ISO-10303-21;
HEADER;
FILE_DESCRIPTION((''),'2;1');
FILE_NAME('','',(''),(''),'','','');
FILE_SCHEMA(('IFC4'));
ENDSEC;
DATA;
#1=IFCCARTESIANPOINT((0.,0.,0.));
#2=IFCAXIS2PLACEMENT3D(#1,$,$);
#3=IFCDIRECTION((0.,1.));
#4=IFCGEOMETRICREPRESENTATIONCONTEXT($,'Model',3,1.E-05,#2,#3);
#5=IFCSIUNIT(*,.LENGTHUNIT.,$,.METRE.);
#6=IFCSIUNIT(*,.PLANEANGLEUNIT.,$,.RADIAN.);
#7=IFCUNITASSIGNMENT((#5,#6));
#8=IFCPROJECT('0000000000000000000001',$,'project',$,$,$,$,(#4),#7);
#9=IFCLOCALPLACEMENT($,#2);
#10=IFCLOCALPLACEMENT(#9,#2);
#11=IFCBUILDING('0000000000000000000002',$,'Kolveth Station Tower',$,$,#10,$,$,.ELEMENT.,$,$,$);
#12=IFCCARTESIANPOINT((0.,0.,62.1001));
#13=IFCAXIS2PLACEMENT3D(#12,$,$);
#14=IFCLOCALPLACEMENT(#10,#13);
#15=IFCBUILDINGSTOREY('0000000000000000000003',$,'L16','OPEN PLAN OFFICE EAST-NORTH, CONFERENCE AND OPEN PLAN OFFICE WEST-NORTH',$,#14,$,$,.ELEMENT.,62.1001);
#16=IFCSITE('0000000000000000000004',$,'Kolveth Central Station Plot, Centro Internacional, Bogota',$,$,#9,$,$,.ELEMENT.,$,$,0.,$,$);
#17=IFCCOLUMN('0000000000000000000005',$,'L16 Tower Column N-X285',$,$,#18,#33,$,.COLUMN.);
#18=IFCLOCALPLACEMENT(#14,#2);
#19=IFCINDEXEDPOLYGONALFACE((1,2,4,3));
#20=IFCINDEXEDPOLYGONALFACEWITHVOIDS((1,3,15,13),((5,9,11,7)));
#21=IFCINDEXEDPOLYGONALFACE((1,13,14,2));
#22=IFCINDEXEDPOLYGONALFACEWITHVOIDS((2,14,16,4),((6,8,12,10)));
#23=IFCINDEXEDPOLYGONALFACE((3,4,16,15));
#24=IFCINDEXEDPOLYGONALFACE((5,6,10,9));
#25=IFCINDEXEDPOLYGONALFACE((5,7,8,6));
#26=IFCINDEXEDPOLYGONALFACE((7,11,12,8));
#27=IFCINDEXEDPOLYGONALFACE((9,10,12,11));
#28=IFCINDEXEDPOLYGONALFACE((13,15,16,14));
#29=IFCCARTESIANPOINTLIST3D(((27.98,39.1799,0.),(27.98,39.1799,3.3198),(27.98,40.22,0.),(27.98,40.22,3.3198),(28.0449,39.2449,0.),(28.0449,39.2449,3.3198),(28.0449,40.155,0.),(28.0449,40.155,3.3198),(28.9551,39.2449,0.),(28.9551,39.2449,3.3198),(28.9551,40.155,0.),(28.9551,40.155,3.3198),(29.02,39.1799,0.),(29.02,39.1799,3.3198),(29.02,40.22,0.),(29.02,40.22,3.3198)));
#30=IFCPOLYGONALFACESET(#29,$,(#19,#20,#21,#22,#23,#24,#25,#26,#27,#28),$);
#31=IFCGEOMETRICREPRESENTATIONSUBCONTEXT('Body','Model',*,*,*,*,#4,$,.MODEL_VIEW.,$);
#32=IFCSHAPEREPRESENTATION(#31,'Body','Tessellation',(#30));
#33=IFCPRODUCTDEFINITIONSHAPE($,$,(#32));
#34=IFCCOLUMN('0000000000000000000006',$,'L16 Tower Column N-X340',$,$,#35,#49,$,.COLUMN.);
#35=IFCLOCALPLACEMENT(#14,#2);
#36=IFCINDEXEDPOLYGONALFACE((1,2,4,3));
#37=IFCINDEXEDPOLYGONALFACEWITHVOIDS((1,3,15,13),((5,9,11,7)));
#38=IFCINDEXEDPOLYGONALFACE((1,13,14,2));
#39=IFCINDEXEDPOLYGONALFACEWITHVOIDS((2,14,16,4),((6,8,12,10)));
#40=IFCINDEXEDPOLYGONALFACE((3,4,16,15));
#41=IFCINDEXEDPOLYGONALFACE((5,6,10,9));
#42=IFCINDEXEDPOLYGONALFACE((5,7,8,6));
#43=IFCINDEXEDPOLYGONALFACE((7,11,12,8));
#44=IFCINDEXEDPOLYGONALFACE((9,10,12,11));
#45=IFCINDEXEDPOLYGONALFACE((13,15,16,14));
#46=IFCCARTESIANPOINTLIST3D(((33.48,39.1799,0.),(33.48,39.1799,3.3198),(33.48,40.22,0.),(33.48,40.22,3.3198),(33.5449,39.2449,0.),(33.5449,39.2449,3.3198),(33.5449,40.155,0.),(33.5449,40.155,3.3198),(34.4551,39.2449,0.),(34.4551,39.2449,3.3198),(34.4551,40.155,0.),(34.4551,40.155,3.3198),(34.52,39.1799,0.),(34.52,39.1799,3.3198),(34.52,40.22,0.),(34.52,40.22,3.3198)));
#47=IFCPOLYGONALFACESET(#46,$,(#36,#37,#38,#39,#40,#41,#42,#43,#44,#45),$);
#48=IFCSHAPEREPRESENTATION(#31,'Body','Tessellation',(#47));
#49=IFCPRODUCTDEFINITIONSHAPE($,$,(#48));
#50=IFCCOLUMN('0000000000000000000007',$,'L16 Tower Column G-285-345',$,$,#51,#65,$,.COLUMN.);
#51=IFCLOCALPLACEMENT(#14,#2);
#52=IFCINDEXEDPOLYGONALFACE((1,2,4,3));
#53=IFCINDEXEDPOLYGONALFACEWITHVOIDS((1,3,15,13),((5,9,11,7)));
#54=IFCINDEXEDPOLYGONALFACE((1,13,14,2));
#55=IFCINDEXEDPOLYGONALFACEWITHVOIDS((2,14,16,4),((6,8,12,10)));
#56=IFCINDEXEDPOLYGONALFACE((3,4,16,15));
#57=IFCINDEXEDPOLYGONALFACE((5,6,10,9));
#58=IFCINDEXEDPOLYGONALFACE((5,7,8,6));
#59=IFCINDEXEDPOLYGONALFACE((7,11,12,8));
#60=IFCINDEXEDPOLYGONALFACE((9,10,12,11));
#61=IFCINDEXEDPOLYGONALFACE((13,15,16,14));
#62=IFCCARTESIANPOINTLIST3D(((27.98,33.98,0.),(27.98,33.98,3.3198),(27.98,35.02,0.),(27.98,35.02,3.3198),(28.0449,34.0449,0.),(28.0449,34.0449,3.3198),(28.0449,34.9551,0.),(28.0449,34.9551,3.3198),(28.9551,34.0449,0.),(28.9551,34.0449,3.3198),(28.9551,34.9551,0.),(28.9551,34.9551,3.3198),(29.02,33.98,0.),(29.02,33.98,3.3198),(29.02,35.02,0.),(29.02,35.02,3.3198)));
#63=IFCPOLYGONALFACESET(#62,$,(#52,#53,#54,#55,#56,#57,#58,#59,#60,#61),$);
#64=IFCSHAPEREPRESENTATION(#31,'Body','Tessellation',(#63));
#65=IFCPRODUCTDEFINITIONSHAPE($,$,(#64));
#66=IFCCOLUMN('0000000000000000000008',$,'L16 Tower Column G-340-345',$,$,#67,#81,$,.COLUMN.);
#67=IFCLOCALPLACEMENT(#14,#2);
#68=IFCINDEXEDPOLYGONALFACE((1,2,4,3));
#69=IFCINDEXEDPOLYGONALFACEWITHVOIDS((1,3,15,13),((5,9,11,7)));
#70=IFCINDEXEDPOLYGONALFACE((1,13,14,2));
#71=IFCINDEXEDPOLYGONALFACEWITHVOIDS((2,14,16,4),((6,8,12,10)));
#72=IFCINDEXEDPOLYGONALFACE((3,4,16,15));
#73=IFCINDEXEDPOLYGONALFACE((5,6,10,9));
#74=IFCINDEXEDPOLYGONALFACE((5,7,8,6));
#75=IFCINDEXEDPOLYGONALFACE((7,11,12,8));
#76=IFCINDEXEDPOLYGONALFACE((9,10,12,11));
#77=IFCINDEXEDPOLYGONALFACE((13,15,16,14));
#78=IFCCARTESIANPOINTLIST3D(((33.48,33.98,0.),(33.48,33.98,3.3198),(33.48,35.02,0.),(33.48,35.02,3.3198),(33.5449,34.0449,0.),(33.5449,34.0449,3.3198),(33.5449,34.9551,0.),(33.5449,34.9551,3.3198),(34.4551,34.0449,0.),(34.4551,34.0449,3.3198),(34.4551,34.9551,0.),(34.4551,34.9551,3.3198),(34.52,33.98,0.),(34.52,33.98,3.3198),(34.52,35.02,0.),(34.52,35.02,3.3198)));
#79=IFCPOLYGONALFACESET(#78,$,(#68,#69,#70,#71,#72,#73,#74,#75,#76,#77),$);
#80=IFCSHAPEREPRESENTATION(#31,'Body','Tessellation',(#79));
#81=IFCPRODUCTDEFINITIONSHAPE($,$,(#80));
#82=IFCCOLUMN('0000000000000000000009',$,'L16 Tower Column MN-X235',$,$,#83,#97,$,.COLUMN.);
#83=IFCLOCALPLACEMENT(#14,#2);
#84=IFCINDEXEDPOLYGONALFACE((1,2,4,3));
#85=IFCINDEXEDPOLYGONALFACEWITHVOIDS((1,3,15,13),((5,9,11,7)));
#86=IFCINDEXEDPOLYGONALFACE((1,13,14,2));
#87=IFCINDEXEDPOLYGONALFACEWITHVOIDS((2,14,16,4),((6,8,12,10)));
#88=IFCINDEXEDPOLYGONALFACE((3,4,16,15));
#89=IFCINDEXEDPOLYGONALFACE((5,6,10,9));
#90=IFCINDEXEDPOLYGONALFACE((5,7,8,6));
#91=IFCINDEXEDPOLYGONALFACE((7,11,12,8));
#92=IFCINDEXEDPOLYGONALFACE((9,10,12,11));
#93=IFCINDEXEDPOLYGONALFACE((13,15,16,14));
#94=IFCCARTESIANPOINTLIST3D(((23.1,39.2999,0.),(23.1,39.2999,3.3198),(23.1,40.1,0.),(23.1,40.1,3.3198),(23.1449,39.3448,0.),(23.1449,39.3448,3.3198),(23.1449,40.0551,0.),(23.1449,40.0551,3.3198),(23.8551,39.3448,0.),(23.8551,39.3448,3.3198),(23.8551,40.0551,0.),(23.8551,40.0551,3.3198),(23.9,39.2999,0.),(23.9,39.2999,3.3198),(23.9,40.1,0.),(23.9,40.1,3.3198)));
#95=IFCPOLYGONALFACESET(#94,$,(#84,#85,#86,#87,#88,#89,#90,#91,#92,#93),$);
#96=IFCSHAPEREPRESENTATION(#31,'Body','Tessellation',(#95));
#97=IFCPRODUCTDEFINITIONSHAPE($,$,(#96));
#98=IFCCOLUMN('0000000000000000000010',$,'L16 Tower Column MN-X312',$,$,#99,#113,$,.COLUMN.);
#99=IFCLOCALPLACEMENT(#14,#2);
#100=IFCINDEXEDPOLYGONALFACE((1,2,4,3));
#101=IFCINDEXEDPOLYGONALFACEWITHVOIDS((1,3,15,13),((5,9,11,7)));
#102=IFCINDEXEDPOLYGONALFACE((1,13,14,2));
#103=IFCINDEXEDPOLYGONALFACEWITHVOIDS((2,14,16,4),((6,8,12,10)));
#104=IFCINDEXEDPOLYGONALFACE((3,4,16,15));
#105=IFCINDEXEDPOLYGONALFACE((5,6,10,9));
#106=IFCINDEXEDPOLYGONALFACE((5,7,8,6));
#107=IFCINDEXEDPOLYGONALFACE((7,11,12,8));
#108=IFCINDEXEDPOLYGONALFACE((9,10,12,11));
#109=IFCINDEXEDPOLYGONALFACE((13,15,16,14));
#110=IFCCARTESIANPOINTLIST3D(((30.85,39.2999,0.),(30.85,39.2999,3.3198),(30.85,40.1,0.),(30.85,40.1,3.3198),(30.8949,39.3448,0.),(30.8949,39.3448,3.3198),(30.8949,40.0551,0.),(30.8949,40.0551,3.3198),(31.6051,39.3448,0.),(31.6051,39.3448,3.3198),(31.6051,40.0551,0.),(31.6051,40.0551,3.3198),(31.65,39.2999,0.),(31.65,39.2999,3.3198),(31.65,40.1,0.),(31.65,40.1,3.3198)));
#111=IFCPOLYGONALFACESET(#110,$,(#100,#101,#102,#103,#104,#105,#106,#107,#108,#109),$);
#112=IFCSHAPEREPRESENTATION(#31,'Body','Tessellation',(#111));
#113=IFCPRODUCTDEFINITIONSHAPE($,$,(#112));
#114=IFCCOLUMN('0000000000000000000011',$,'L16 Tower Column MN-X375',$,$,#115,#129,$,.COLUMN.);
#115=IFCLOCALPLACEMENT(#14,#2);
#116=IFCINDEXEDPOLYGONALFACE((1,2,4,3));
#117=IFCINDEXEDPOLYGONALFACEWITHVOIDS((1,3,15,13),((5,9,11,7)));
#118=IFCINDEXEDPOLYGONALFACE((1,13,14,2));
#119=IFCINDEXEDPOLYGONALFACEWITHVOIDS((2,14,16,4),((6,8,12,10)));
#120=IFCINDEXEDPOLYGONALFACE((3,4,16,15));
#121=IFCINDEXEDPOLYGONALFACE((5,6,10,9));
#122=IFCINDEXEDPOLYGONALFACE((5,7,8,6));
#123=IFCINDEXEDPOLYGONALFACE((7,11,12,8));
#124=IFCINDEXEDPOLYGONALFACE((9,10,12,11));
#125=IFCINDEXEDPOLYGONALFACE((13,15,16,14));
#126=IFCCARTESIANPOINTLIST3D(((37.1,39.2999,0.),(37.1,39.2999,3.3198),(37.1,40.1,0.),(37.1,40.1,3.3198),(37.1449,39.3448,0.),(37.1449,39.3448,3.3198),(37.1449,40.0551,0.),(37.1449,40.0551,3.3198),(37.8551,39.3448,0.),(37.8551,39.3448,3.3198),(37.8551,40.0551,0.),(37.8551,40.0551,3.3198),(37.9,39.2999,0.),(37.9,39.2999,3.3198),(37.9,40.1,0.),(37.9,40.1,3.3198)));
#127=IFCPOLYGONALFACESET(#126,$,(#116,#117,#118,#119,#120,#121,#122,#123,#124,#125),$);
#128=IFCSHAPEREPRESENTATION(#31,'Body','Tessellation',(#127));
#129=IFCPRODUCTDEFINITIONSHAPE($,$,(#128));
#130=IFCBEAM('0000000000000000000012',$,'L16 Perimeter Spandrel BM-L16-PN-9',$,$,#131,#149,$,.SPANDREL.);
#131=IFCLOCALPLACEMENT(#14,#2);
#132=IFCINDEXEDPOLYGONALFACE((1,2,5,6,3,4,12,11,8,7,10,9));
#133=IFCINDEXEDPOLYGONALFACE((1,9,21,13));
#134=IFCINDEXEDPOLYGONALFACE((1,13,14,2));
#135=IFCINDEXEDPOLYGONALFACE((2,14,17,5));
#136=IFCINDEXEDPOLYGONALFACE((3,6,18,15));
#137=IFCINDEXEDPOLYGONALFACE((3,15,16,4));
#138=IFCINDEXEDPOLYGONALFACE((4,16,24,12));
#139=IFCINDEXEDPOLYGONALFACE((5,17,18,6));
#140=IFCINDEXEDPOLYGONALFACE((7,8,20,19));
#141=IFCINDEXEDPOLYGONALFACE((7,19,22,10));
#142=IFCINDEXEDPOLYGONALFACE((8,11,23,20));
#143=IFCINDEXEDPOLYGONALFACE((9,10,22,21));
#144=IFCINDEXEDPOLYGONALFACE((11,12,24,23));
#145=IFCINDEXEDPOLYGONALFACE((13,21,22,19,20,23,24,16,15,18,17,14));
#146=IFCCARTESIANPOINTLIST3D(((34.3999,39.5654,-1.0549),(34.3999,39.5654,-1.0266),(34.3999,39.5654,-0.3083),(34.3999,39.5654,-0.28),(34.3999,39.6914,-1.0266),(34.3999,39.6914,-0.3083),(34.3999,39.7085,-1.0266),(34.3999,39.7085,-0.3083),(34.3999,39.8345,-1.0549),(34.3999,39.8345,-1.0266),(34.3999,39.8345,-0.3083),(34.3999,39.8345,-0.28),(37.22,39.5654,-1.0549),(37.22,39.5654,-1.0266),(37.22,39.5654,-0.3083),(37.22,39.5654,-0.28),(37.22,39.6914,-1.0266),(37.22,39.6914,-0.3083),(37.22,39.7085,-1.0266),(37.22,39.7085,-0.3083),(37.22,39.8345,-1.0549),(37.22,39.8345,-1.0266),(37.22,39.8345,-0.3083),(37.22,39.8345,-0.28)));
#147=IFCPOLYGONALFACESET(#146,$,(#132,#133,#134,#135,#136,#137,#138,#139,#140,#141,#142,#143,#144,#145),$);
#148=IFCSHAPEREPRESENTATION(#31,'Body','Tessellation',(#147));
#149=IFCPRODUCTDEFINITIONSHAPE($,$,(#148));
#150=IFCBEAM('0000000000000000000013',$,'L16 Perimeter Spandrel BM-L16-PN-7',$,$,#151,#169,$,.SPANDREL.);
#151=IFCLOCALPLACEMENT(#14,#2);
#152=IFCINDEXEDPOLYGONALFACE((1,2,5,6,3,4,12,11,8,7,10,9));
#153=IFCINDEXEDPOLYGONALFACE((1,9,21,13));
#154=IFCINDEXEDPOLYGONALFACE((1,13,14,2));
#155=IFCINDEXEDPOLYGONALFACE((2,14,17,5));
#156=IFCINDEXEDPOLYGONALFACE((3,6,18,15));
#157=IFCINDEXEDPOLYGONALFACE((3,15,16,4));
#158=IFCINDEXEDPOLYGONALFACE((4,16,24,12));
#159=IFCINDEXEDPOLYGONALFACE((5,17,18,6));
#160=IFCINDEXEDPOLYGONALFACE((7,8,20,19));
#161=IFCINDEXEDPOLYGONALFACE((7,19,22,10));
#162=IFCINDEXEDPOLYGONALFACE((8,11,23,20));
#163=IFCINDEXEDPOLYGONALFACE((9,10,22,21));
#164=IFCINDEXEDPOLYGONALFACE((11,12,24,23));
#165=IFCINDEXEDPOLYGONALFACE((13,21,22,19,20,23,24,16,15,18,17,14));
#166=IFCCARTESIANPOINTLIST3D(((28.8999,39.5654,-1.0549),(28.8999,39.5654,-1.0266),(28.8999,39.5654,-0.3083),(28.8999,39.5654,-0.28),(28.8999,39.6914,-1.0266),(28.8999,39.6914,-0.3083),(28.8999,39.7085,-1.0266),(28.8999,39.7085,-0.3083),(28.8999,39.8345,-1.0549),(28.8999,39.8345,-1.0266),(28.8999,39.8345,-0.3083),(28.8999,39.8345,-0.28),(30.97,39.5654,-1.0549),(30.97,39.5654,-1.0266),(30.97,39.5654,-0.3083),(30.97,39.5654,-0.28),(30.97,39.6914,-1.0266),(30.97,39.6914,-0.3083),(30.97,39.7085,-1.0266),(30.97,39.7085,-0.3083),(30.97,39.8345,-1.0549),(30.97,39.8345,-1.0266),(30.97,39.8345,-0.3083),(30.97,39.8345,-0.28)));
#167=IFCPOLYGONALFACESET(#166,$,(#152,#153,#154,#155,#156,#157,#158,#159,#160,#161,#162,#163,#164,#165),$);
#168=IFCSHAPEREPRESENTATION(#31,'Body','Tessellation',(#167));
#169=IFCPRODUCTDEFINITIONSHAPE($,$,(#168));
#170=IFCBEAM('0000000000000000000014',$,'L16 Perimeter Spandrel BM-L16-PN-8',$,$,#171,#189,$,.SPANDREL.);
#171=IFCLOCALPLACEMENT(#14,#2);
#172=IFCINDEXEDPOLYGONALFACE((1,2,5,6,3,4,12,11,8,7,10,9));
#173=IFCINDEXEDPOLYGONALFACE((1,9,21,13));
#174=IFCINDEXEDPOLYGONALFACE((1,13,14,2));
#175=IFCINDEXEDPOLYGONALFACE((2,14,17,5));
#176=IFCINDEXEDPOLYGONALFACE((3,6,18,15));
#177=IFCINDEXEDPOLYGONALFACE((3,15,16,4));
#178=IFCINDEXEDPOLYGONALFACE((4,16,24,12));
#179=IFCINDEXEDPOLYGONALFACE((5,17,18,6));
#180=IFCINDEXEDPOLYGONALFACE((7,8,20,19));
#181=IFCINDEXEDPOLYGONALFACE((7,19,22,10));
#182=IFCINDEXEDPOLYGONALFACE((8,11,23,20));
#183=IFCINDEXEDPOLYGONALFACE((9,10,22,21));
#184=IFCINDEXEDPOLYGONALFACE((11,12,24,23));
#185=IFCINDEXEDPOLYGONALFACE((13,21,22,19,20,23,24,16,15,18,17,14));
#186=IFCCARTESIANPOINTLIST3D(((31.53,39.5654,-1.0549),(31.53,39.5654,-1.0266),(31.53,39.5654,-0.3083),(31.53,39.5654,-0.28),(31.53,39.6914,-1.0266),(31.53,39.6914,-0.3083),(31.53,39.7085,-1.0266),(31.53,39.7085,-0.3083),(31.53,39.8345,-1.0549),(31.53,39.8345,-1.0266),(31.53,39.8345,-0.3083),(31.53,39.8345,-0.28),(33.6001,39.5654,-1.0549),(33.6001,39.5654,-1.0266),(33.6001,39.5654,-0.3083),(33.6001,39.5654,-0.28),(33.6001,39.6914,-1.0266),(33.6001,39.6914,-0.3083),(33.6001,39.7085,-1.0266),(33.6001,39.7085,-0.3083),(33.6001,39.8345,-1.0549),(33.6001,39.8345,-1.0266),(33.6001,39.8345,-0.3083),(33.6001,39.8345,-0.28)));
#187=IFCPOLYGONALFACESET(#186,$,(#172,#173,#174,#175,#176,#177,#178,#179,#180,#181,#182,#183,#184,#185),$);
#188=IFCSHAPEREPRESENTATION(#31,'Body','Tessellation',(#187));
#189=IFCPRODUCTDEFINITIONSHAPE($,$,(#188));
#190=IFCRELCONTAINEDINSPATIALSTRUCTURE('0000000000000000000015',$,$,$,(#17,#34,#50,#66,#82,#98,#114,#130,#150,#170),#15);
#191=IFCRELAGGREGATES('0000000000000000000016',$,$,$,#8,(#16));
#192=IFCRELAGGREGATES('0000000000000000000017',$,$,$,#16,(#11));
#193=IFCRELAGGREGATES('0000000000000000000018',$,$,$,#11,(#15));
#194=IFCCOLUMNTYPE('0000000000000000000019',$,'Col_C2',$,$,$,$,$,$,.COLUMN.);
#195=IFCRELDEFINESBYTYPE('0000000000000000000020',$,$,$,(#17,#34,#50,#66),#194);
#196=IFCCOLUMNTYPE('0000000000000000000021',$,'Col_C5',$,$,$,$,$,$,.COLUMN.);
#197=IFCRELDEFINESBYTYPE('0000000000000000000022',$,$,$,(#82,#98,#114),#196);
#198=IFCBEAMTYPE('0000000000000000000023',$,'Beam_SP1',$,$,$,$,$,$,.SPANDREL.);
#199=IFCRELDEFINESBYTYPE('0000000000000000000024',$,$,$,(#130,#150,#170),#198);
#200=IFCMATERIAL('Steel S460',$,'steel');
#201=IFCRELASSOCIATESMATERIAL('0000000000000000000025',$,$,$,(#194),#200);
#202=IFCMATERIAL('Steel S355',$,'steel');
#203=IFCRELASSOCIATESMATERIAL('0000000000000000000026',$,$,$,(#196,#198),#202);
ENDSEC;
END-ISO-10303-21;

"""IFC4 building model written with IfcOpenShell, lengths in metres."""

from ifc_helpers import new_model, si_unit, direction, frame, origin, origin_2d, place, context, subcontext, project, spatial, hollow_rectangle, i_section, extrude, source, transform, mapped, material, material_profile, profile_set, type_object, element, save


model = new_model("IFC4")

# Units and contexts
model_context = context("Model", 3, precision=1e-05, world=origin(), true_north=direction((0.0, 1.0)))
body_context = subcontext(model_context, "Body", "Model", "MODEL_VIEW")
ifc_project = project(units=[si_unit("LENGTHUNIT", "METRE"), si_unit("PLANEANGLEUNIT", "RADIAN")], contexts=[model_context])

# Site, building, storey
site_placement = place(None, origin())
site = spatial("IfcSite", under=ifc_project, at=site_placement, Name="Kolveth Central Station Plot, Centro Internacional, Bogota", CompositionType="ELEMENT", RefElevation=0.0)
building_placement = place(site_placement, origin())
building = spatial("IfcBuilding", under=site, at=building_placement, Name="Kolveth Station Tower", CompositionType="ELEMENT")
storey_placement = place(building_placement, frame((0.0, 0.0, 62.1001)))
storey = spatial("IfcBuildingStorey", under=building, at=storey_placement, Name="L16", Description="OPEN PLAN OFFICE EAST-NORTH, CONFERENCE AND OPEN PLAN OFFICE WEST-NORTH", CompositionType="ELEMENT", Elevation=62.1001)

# Columns
ifc_material_1 = material(Name="Steel S460", Category="steel")
ifc_material_profile_1 = material_profile(ifc_material_1, hollow_rectangle(XDim=1.04, YDim=1.04, WallThickness=0.0649, at=origin_2d()), Name="BOX1040x1040x65")
ifc_profile_set_1 = profile_set([ifc_material_profile_1], Name="Steel S460")
column_type_1 = type_object("IfcColumnType", Name="Col_C2", PredefinedType="COLUMN", material=ifc_profile_set_1)
shared_shape_1 = source(origin(), body_context, "Body", "SweptSolid", [
    extrude(hollow_rectangle(XDim=1.04, YDim=1.04, WallThickness=0.0649, at=origin_2d()), origin(), (0.0, 0.0, 1.0), 3.3198),
])
for number, where, z_axis, x_axis, name in (
    (1, (28.5, 39.7, 0.0), (0.0, 0.0, 1.0), (1.0, 0.0, 0.0), "L16 Tower Column N-X285"),
    (2, (34.0, 39.7, 0.0), (0.0, 0.0, 1.0), (1.0, 0.0, 0.0), "L16 Tower Column N-X340"),
    (3, (28.5, 34.5, 0.0), (0.0, 0.0, 1.0), (1.0, 0.0, 0.0), "L16 Tower Column G-285-345"),
    (4, (34.0, 34.5, 0.0), (0.0, 0.0, 1.0), (1.0, 0.0, 0.0), "L16 Tower Column G-340-345"),
):
    element("IfcColumn", number, at=place(storey_placement, frame(where, z_axis=z_axis, x_axis=x_axis)), inside=storey, type_object=column_type_1, Name=name, PredefinedType="COLUMN", context=body_context, shape_type="MappedRepresentation", body=[
        mapped(shared_shape_1, transform((0.0, 0.0, 0.0), x_axis=(1.0, 0.0, 0.0), y_axis=(0.0, 1.0, 0.0), z_axis=(0.0, 0.0, 1.0), scale=1.0)),
    ])
ifc_material_2 = material(Name="Steel S355", Category="steel")
ifc_material_profile_2 = material_profile(ifc_material_2, hollow_rectangle(XDim=0.8, YDim=0.8, WallThickness=0.0449, at=origin_2d()), Name="BOX800x800x45")
ifc_profile_set_2 = profile_set([ifc_material_profile_2], Name="Steel S355")
column_type_2 = type_object("IfcColumnType", Name="Col_C5", PredefinedType="COLUMN", material=ifc_profile_set_2)
shared_shape_2 = source(origin(), body_context, "Body", "SweptSolid", [
    extrude(hollow_rectangle(XDim=0.8, YDim=0.8, WallThickness=0.0449, at=origin_2d()), origin(), (0.0, 0.0, 1.0), 3.3198),
])
for number, where, z_axis, x_axis, name in (
    (5, (23.5, 39.7, 0.0), (0.0, 0.0, 1.0), (1.0, 0.0, 0.0), "L16 Tower Column MN-X235"),
    (6, (31.25, 39.7, 0.0), (0.0, 0.0, 1.0), (1.0, 0.0, 0.0), "L16 Tower Column MN-X312"),
    (7, (37.5, 39.7, 0.0), (0.0, 0.0, 1.0), (1.0, 0.0, 0.0), "L16 Tower Column MN-X375"),
):
    element("IfcColumn", number, at=place(storey_placement, frame(where, z_axis=z_axis, x_axis=x_axis)), inside=storey, type_object=column_type_2, Name=name, PredefinedType="COLUMN", context=body_context, shape_type="MappedRepresentation", body=[
        mapped(shared_shape_2, transform((0.0, 0.0, 0.0), x_axis=(1.0, 0.0, 0.0), y_axis=(0.0, 1.0, 0.0), z_axis=(0.0, 0.0, 1.0), scale=1.0)),
    ])

# Beams
ifc_material_profile_3 = material_profile(ifc_material_2, i_section(OverallWidth=0.269, OverallDepth=0.7749, WebThickness=0.0171, FlangeThickness=0.0283, at=origin_2d()), Name="W760x220")
ifc_profile_set_3 = profile_set([ifc_material_profile_3], Name="Steel S355")
beam_type_1 = type_object("IfcBeamType", Name="Beam_SP1", PredefinedType="SPANDREL", material=ifc_profile_set_3)
shared_shape_3 = source(origin(), body_context, "Body", "SweptSolid", [
    extrude(i_section(OverallWidth=0.269, OverallDepth=0.7749, WebThickness=0.0171, FlangeThickness=0.0283, at=origin_2d()), origin(), (0.0, 0.0, 1.0), 2.8201),
])
beam_1_placement = place(storey_placement, frame((34.3999, 39.7, -0.6675), z_axis=(1.0, 0.0, 0.0), x_axis=(0.0, 1.0, 0.0)))
element("IfcBeam", 8, at=beam_1_placement, inside=storey, type_object=beam_type_1, Name="L16 Perimeter Spandrel BM-L16-PN-9", PredefinedType="SPANDREL", context=body_context, shape_type="MappedRepresentation", body=[
    mapped(shared_shape_3, transform((0.0, 0.0, 0.0), x_axis=(1.0, 0.0, 0.0), y_axis=(0.0, 1.0, 0.0), z_axis=(0.0, 0.0, 1.0), scale=1.0)),
])
shared_shape_4 = source(origin(), body_context, "Body", "SweptSolid", [
    extrude(i_section(OverallWidth=0.269, OverallDepth=0.7749, WebThickness=0.0171, FlangeThickness=0.0283, at=origin_2d()), origin(), (0.0, 0.0, 1.0), 2.0701),
])
for number, where, z_axis, x_axis, name in (
    (9, (28.8999, 39.7, -0.6675), (1.0, 0.0, 0.0), (0.0, 1.0, 0.0), "L16 Perimeter Spandrel BM-L16-PN-7"),
    (10, (31.53, 39.7, -0.6675), (1.0, 0.0, 0.0), (0.0, 1.0, 0.0), "L16 Perimeter Spandrel BM-L16-PN-8"),
):
    element("IfcBeam", number, at=place(storey_placement, frame(where, z_axis=z_axis, x_axis=x_axis)), inside=storey, type_object=beam_type_1, Name=name, PredefinedType="SPANDREL", context=body_context, shape_type="MappedRepresentation", body=[
        mapped(shared_shape_4, transform((0.0, 0.0, 0.0), x_axis=(1.0, 0.0, 0.0), y_axis=(0.0, 1.0, 0.0), z_axis=(0.0, 0.0, 1.0), scale=1.0)),
    ])

save(model, "model.ifc")
